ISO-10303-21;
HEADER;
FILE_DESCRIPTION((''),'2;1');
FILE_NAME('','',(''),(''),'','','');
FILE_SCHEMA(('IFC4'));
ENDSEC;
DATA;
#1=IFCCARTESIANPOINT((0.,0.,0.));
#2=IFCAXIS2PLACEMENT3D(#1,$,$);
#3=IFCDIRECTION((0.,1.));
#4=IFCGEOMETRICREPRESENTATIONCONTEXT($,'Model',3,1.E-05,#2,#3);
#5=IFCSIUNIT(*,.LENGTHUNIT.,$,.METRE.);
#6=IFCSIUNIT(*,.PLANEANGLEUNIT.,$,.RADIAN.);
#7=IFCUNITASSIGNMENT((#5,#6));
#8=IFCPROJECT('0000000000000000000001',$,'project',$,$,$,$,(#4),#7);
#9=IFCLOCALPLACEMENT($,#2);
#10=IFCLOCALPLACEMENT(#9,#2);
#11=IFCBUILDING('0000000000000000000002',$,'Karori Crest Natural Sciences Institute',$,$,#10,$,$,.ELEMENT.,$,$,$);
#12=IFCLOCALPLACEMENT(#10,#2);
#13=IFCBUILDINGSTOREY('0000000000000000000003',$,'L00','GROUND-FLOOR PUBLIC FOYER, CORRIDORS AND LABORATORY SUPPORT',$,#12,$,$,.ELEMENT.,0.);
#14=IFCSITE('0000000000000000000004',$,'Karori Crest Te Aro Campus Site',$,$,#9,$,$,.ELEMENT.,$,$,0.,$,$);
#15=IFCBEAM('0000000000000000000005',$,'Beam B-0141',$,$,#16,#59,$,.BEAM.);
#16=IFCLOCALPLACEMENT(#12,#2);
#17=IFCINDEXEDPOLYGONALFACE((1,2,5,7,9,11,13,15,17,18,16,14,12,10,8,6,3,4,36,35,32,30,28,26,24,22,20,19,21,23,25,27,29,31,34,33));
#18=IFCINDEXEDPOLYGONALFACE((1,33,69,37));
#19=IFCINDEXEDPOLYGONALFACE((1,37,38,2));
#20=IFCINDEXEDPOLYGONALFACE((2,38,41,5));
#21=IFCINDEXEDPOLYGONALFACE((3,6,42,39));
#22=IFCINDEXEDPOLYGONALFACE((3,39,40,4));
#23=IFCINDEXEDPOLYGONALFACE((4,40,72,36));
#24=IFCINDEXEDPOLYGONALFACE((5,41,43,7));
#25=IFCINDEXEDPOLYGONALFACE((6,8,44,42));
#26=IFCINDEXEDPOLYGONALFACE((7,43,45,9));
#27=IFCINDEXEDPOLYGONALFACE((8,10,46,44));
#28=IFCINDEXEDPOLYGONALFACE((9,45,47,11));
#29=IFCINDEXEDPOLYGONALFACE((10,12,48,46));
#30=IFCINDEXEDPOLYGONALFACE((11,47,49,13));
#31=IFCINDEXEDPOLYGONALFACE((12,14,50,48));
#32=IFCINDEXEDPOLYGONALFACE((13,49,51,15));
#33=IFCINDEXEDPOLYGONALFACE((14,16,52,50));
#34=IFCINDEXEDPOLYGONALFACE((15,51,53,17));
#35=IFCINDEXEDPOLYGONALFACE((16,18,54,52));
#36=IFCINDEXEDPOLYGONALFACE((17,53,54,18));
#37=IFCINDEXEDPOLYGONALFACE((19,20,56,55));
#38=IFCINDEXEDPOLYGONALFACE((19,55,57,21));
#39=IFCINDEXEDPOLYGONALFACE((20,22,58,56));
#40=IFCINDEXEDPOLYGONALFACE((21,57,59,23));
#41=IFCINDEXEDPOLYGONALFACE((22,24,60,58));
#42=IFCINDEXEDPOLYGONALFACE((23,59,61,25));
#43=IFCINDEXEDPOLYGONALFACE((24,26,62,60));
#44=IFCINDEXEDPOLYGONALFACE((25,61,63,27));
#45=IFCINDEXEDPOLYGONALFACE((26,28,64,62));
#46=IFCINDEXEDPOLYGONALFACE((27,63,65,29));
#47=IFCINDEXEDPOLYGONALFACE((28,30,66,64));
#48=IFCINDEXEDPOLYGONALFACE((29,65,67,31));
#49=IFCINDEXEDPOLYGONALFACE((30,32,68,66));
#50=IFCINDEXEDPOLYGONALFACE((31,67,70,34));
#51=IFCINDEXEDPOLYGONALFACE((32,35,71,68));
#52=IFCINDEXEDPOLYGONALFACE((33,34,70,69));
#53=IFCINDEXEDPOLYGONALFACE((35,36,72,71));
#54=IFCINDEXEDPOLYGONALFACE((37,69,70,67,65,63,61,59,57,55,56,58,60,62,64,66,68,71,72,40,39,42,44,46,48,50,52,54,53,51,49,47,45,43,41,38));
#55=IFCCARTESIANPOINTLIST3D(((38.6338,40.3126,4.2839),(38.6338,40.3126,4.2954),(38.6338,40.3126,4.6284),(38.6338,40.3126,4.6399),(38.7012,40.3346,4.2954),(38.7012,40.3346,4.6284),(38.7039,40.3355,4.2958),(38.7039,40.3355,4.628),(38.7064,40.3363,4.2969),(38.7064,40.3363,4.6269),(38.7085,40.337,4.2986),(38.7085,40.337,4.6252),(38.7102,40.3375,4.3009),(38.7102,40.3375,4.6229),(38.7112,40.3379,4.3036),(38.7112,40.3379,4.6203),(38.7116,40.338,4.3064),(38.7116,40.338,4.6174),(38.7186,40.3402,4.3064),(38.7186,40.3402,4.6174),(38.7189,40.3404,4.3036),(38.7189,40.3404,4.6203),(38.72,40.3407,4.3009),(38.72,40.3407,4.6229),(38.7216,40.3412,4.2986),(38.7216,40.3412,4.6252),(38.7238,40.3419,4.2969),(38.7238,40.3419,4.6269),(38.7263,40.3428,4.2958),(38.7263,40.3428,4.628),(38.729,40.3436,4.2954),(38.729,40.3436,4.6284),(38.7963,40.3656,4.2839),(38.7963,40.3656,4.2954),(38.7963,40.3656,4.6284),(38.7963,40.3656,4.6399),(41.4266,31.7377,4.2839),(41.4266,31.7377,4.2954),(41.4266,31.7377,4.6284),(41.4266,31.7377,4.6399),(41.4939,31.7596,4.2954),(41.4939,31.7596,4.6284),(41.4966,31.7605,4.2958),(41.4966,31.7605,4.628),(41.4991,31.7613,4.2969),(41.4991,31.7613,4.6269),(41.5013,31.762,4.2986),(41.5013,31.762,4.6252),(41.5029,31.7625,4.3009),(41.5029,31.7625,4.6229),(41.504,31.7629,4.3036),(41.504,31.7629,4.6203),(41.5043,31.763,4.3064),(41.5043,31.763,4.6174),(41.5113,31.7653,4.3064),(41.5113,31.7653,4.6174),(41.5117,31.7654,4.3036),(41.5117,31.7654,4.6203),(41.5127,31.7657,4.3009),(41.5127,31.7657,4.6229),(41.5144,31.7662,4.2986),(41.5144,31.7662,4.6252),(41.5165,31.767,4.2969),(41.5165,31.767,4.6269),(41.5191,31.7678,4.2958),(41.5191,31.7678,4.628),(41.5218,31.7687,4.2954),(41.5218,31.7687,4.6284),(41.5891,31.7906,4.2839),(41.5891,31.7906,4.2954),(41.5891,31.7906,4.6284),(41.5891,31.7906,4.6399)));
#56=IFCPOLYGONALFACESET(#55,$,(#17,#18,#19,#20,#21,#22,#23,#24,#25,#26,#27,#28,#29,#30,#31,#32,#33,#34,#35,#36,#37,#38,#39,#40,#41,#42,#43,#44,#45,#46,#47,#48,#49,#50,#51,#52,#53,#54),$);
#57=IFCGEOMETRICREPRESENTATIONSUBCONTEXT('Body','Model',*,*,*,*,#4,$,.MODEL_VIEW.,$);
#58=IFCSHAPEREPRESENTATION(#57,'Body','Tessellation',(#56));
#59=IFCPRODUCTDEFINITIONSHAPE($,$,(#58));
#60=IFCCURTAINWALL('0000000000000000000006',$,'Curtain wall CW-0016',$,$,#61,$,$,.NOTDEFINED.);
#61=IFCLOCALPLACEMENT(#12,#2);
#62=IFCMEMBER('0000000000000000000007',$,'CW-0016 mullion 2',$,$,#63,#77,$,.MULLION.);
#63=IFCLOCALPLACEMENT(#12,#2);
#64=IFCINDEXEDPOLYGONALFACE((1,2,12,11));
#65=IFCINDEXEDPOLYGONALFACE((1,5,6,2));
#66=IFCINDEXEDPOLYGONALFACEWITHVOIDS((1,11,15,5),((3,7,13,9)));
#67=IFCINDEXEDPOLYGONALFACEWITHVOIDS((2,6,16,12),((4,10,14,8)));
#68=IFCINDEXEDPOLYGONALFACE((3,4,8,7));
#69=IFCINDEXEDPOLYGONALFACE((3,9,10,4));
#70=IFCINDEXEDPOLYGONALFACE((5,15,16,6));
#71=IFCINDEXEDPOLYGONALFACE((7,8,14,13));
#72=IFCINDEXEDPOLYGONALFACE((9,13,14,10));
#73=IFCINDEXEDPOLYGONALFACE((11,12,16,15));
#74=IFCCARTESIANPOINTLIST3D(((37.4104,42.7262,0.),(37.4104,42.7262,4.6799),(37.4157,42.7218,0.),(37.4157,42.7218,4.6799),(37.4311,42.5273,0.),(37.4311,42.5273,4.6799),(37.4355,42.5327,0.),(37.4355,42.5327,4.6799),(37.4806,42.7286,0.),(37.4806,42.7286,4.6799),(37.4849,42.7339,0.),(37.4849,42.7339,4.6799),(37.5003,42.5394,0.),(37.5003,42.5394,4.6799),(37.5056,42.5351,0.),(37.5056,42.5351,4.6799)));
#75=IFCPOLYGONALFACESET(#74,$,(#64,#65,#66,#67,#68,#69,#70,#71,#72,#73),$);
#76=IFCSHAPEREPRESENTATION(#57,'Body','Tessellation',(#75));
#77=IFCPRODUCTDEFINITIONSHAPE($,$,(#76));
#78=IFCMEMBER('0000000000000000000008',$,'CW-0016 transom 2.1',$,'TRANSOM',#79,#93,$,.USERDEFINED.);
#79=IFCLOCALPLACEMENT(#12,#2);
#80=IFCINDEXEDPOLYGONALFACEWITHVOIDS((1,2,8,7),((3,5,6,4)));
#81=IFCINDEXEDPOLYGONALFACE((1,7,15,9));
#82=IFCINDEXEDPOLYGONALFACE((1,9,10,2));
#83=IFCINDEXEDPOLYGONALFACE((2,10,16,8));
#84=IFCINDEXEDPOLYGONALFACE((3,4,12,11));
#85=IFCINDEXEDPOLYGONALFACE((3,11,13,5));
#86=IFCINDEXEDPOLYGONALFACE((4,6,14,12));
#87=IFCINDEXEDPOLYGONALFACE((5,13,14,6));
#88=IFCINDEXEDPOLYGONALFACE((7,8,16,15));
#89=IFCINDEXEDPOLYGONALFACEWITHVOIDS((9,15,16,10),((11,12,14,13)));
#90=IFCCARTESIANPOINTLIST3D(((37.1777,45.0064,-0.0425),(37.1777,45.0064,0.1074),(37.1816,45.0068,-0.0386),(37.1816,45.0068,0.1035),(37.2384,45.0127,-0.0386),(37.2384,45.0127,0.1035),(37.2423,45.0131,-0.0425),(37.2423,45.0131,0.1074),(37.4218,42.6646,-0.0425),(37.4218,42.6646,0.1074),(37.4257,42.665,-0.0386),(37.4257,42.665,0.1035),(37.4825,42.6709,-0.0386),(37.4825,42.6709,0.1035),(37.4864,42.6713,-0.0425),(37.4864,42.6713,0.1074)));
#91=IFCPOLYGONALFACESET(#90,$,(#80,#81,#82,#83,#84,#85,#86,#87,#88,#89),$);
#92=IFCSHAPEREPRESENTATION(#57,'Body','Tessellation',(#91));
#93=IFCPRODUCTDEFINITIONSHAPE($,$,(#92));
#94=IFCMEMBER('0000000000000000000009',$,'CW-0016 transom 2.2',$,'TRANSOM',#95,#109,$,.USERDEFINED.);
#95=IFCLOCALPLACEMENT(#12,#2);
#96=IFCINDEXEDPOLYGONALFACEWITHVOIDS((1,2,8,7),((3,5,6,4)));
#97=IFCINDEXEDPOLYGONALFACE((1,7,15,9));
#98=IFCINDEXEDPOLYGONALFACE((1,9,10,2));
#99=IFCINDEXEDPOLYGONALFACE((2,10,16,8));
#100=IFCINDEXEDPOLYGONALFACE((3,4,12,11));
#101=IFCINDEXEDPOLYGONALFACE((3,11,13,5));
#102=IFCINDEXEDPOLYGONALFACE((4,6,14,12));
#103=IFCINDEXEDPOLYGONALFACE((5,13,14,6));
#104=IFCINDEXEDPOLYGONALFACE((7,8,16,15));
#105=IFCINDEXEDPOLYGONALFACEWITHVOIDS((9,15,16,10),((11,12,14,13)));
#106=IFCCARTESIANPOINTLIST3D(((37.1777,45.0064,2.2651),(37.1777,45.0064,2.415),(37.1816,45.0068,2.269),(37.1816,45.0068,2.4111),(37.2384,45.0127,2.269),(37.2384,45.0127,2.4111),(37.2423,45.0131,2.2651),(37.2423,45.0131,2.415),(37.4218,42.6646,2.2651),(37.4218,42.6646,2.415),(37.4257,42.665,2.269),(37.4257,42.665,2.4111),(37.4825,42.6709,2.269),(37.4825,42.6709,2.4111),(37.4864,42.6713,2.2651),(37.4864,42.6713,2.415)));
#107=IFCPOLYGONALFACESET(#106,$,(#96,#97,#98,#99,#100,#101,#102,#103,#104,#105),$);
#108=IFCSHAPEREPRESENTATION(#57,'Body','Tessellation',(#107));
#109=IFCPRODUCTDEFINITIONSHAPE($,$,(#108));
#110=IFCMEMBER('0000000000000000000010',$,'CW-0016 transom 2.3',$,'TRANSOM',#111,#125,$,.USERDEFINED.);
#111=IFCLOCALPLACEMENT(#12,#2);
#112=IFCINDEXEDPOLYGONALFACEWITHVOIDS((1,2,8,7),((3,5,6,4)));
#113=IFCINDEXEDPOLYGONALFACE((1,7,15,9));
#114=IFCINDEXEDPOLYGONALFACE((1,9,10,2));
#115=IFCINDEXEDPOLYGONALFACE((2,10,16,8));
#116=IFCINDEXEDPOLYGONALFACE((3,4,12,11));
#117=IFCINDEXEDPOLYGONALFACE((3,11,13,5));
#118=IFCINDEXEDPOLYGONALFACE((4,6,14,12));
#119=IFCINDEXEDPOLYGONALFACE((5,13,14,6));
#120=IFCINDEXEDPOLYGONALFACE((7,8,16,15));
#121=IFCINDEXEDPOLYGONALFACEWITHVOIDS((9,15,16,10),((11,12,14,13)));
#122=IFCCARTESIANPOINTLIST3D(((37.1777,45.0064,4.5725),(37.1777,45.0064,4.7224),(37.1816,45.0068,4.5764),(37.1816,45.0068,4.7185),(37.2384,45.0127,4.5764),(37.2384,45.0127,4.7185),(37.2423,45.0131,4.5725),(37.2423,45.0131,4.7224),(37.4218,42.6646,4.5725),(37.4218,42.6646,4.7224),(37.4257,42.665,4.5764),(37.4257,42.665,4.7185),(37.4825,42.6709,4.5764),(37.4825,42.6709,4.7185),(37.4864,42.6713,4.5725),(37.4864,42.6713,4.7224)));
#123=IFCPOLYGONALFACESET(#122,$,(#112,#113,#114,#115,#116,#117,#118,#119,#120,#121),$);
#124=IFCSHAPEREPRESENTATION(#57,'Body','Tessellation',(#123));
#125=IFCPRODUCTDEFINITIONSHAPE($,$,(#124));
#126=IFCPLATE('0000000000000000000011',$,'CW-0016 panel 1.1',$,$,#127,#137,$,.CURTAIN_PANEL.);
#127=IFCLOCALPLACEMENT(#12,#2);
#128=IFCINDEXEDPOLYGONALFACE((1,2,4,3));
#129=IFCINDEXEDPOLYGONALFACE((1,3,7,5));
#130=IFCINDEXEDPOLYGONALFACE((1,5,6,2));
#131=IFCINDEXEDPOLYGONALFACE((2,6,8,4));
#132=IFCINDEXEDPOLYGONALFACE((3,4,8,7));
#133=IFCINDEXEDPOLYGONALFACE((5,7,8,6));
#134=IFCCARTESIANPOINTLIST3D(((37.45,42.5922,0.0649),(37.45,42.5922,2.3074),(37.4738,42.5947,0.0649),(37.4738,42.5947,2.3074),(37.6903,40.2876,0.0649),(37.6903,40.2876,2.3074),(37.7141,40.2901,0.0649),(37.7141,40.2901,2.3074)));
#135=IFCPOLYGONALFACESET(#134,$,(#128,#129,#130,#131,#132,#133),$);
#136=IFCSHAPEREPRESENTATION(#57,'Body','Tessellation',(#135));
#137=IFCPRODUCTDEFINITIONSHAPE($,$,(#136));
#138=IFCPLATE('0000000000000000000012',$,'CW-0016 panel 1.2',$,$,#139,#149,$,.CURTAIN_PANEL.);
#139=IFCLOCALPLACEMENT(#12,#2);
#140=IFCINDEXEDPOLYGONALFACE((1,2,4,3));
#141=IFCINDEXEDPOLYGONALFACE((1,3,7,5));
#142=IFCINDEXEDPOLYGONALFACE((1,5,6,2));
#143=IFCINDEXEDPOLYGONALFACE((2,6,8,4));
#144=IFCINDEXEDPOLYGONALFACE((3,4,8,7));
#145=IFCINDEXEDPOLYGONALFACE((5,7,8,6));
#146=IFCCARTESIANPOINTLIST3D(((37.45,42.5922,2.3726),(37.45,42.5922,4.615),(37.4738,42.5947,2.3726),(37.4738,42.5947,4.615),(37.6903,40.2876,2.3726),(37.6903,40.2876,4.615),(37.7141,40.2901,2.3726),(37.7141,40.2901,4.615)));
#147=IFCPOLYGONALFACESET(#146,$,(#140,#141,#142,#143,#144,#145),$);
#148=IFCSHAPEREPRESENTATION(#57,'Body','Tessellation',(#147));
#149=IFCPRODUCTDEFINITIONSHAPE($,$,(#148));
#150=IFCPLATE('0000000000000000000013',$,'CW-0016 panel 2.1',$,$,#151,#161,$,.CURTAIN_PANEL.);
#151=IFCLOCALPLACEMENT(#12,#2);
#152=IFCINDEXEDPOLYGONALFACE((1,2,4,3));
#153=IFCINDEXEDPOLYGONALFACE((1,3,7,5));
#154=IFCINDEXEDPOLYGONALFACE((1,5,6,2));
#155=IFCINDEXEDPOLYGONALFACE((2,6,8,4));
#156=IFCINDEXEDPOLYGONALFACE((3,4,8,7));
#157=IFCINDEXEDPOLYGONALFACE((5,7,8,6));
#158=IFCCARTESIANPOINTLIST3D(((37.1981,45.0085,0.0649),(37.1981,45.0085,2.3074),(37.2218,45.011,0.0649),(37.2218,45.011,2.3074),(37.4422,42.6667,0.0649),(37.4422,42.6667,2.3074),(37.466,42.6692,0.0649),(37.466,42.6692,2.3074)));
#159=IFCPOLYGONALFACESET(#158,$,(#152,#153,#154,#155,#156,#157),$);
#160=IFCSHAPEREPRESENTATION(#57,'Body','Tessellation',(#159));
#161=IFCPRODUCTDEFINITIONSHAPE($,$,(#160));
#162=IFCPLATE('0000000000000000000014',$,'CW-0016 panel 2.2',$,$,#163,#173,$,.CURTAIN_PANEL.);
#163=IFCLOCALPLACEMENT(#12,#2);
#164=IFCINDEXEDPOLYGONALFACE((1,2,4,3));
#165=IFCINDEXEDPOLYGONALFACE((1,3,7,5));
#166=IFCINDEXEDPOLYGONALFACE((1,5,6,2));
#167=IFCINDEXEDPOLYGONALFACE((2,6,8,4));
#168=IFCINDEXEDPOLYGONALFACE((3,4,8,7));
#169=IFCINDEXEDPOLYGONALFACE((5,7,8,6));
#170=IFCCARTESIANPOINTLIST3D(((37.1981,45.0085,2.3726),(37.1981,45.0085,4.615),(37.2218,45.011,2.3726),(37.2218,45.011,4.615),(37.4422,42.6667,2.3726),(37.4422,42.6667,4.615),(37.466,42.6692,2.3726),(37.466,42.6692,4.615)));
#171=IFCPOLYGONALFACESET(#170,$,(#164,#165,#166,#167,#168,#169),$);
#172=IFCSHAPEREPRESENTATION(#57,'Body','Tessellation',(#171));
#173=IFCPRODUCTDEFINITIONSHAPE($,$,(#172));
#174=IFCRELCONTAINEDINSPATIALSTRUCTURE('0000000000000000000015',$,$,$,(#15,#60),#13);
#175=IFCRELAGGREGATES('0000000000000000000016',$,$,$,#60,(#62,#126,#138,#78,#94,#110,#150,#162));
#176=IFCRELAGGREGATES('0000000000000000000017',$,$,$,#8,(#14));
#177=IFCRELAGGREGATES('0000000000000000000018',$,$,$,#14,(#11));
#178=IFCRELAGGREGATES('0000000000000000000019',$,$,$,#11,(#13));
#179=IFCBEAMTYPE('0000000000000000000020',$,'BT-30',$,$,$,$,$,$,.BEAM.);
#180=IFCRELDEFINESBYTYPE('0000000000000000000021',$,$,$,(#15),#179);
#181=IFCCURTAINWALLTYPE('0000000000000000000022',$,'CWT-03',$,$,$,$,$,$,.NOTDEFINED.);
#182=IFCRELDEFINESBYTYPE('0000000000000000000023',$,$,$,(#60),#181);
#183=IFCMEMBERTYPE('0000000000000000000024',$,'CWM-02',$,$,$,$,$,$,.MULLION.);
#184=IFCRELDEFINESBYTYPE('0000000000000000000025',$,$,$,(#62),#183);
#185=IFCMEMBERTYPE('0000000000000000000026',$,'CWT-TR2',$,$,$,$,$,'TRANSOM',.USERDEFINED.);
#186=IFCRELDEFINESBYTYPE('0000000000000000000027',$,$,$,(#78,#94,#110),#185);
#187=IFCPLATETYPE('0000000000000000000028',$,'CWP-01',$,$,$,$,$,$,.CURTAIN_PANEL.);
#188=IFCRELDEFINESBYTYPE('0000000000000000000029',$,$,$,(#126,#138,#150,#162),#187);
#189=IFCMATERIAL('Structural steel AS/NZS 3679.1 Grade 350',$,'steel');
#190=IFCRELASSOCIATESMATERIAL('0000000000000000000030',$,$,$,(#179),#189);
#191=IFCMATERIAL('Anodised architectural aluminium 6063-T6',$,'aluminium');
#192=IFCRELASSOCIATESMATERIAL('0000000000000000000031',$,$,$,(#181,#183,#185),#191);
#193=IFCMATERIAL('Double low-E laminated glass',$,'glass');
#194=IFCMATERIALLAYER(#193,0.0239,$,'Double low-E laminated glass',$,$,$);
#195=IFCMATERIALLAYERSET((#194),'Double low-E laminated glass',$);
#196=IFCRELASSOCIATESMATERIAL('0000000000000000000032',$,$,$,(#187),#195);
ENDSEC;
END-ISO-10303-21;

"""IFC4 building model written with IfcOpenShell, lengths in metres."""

from ifc_helpers import new_model, si_unit, direction, frame, origin, origin_2d, place, context, subcontext, project, spatial, rectangle, hollow_rectangle, i_section, extrude, material, layer, layer_set, material_profile, profile_set, type_object, element, aggregate, save


model = new_model("IFC4")

# Units and contexts
model_context = context("Model", 3, precision=1e-05, world=origin(), true_north=direction((0.0, 1.0)))
body_context = subcontext(model_context, "Body", "Model", "MODEL_VIEW")
ifc_project = project(units=[si_unit("LENGTHUNIT", "METRE"), si_unit("PLANEANGLEUNIT", "RADIAN")], contexts=[model_context])

# Site, building, storey
site_placement = place(None, origin())
site = spatial("IfcSite", under=ifc_project, at=site_placement, Name="Karori Crest Te Aro Campus Site", CompositionType="ELEMENT", RefElevation=0.0)
building_placement = place(site_placement, origin())
building = spatial("IfcBuilding", under=site, at=building_placement, Name="Karori Crest Natural Sciences Institute", CompositionType="ELEMENT")
storey_placement = place(building_placement, origin())
storey = spatial("IfcBuildingStorey", under=building, at=storey_placement, Name="L00", Description="GROUND-FLOOR PUBLIC FOYER, CORRIDORS AND LABORATORY SUPPORT", CompositionType="ELEMENT", Elevation=0.0)

# Shared definitions
ifc_material_1 = material(Name="Structural steel AS/NZS 3679.1 Grade 350", Category="steel")

# Beam
ifc_material_profile_1 = material_profile(ifc_material_1, i_section(OverallWidth=0.1709, OverallDepth=0.356, WebThickness=0.0073, FlangeThickness=0.0115, FilletRadius=0.011, at=origin_2d()), Name="360UB50.7")
ifc_profile_set_1 = profile_set([ifc_material_profile_1], Name="Structural steel AS/NZS 3679.1 Grade 350")
beam_type_1 = type_object("IfcBeamType", Name="BT-30", PredefinedType="BEAM", material=ifc_profile_set_1)
beam_1_placement = place(storey_placement, frame((38.7151, 40.3391, 4.4619), z_axis=(0.309674, -0.950843, 0.0), x_axis=(0.950843, 0.309674, 0.0)))
element("IfcBeam", 1, at=beam_1_placement, inside=storey, type_object=beam_type_1, Name="Beam B-0141", PredefinedType="BEAM", context=body_context, shape_type="SweptSolid", body=[
    extrude(i_section(OverallWidth=0.1709, OverallDepth=0.356, WebThickness=0.0073, FlangeThickness=0.0115, FilletRadius=0.011, at=origin_2d()), origin(), (0.0, 0.0, 1.0), 9.0183),
])

# Curtain wall, members, plates
ifc_material_2 = material(Name="Anodised architectural aluminium 6063-T6", Category="aluminium")
curtain_wall_type = type_object("IfcCurtainWallType", Name="CWT-03", PredefinedType="NOTDEFINED", material=ifc_material_2)
curtain_wall_placement = place(storey_placement, origin())
curtain_wall = element("IfcCurtainWall", 2, at=curtain_wall_placement, inside=storey, type_object=curtain_wall_type, Name="Curtain wall CW-0016", PredefinedType="NOTDEFINED")
ifc_material_profile_2 = material_profile(ifc_material_2, hollow_rectangle(XDim=0.075, YDim=0.2, WallThickness=0.0049, at=origin_2d()), Name="CWM200x75x5")
ifc_profile_set_2 = profile_set([ifc_material_profile_2], Name="Anodised architectural aluminium 6063-T6")
member_type_1 = type_object("IfcMemberType", Name="CWM-02", PredefinedType="MULLION", material=ifc_profile_set_2)
member_1_placement = place(storey_placement, frame((37.458, 42.6306, 0.0), z_axis=(0.0, 0.0, 1.0), x_axis=(-0.994608, -0.103701, 0.0)))
member_1 = element("IfcMember", 3, at=member_1_placement, type_object=member_type_1, Name="CW-0016 mullion 2", PredefinedType="MULLION", context=body_context, shape_type="SweptSolid", body=[
    extrude(hollow_rectangle(XDim=0.075, YDim=0.2, WallThickness=0.0049, at=origin_2d()), origin(), (0.0, 0.0, 1.0), 4.6799),
])
ifc_material_profile_3 = material_profile(ifc_material_2, hollow_rectangle(XDim=0.0649, YDim=0.1499, WallThickness=0.0039, at=origin_2d()), Name="CWT150x65x4")
ifc_profile_set_3 = profile_set([ifc_material_profile_3], Name="Anodised architectural aluminium 6063-T6")
member_type_2 = type_object("IfcMemberType", Name="CWT-TR2", ElementType="TRANSOM", PredefinedType="USERDEFINED", material=ifc_profile_set_3)
member_2_placement = place(storey_placement, frame((37.4541, 42.668, 0.0325), z_axis=(-0.103692, 0.99461, 0.0), x_axis=(-0.99461, -0.103692, 0.0)))
member_2 = element("IfcMember", 4, at=member_2_placement, type_object=member_type_2, Name="CW-0016 transom 2.1", ObjectType="TRANSOM", PredefinedType="USERDEFINED", context=body_context, shape_type="SweptSolid", body=[
    extrude(hollow_rectangle(XDim=0.0649, YDim=0.1499, WallThickness=0.0039, at=origin_2d()), origin(), (0.0, 0.0, 1.0), 2.3545),
])
member_3_placement = place(storey_placement, frame((37.4541, 42.668, 2.3401), z_axis=(-0.103692, 0.99461, 0.0), x_axis=(-0.99461, -0.103692, 0.0)))
member_3 = element("IfcMember", 5, at=member_3_placement, type_object=member_type_2, Name="CW-0016 transom 2.2", ObjectType="TRANSOM", PredefinedType="USERDEFINED", context=body_context, shape_type="SweptSolid", body=[
    extrude(hollow_rectangle(XDim=0.0649, YDim=0.1499, WallThickness=0.0039, at=origin_2d()), origin(), (0.0, 0.0, 1.0), 2.3545),
])
member_4_placement = place(storey_placement, frame((37.4541, 42.668, 4.6475), z_axis=(-0.103692, 0.99461, 0.0), x_axis=(-0.99461, -0.103692, 0.0)))
member_4 = element("IfcMember", 6, at=member_4_placement, type_object=member_type_2, Name="CW-0016 transom 2.3", ObjectType="TRANSOM", PredefinedType="USERDEFINED", context=body_context, shape_type="SweptSolid", body=[
    extrude(hollow_rectangle(XDim=0.0649, YDim=0.1499, WallThickness=0.0039, at=origin_2d()), origin(), (0.0, 0.0, 1.0), 2.3545),
])
ifc_material_3 = material(Name="Double low-E laminated glass", Category="glass")
ifc_layer_1 = layer(ifc_material_3, 0.0239, Name="Double low-E laminated glass")
ifc_layer_set_1 = layer_set([ifc_layer_1], Name="Double low-E laminated glass")
plate_type = type_object("IfcPlateType", Name="CWP-01", PredefinedType="CURTAIN_PANEL", material=ifc_layer_set_1)
plate_1_placement = place(storey_placement, frame((37.582, 41.4412, 0.0649), z_axis=(0.0, 0.0, 1.0), x_axis=(-0.103701, 0.994608, 0.0)))
plate_1 = element("IfcPlate", 7, at=plate_1_placement, type_object=plate_type, Name="CW-0016 panel 1.1", PredefinedType="CURTAIN_PANEL", context=body_context, shape_type="SweptSolid", body=[
    extrude(rectangle(XDim=2.3171, YDim=0.0239, at=origin_2d()), origin(), (0.0, 0.0, 1.0), 2.2424),
])
plate_2_placement = place(storey_placement, frame((37.582, 41.4412, 2.3726), z_axis=(0.0, 0.0, 1.0), x_axis=(-0.103701, 0.994608, 0.0)))
plate_2 = element("IfcPlate", 8, at=plate_2_placement, type_object=plate_type, Name="CW-0016 panel 1.2", PredefinedType="CURTAIN_PANEL", context=body_context, shape_type="SweptSolid", body=[
    extrude(rectangle(XDim=2.3171, YDim=0.0239, at=origin_2d()), origin(), (0.0, 0.0, 1.0), 2.2424),
])
plate_3_placement = place(storey_placement, frame((37.332, 43.8389, 0.0649), z_axis=(0.0, 0.0, 1.0), x_axis=(-0.103701, 0.994608, 0.0)))
plate_3 = element("IfcPlate", 9, at=plate_3_placement, type_object=plate_type, Name="CW-0016 panel 2.1", PredefinedType="CURTAIN_PANEL", context=body_context, shape_type="SweptSolid", body=[
    extrude(rectangle(XDim=2.3545, YDim=0.0239, at=origin_2d()), origin(), (0.0, 0.0, 1.0), 2.2424),
])
plate_4_placement = place(storey_placement, frame((37.332, 43.8389, 2.3726), z_axis=(0.0, 0.0, 1.0), x_axis=(-0.103701, 0.994608, 0.0)))
plate_4 = element("IfcPlate", 10, at=plate_4_placement, type_object=plate_type, Name="CW-0016 panel 2.2", PredefinedType="CURTAIN_PANEL", context=body_context, shape_type="SweptSolid", body=[
    extrude(rectangle(XDim=2.3545, YDim=0.0239, at=origin_2d()), origin(), (0.0, 0.0, 1.0), 2.2424),
])
aggregate(curtain_wall, [member_1, plate_1, plate_2, member_2, member_3, member_4, plate_3, plate_4])

save(model, "model.ifc")
